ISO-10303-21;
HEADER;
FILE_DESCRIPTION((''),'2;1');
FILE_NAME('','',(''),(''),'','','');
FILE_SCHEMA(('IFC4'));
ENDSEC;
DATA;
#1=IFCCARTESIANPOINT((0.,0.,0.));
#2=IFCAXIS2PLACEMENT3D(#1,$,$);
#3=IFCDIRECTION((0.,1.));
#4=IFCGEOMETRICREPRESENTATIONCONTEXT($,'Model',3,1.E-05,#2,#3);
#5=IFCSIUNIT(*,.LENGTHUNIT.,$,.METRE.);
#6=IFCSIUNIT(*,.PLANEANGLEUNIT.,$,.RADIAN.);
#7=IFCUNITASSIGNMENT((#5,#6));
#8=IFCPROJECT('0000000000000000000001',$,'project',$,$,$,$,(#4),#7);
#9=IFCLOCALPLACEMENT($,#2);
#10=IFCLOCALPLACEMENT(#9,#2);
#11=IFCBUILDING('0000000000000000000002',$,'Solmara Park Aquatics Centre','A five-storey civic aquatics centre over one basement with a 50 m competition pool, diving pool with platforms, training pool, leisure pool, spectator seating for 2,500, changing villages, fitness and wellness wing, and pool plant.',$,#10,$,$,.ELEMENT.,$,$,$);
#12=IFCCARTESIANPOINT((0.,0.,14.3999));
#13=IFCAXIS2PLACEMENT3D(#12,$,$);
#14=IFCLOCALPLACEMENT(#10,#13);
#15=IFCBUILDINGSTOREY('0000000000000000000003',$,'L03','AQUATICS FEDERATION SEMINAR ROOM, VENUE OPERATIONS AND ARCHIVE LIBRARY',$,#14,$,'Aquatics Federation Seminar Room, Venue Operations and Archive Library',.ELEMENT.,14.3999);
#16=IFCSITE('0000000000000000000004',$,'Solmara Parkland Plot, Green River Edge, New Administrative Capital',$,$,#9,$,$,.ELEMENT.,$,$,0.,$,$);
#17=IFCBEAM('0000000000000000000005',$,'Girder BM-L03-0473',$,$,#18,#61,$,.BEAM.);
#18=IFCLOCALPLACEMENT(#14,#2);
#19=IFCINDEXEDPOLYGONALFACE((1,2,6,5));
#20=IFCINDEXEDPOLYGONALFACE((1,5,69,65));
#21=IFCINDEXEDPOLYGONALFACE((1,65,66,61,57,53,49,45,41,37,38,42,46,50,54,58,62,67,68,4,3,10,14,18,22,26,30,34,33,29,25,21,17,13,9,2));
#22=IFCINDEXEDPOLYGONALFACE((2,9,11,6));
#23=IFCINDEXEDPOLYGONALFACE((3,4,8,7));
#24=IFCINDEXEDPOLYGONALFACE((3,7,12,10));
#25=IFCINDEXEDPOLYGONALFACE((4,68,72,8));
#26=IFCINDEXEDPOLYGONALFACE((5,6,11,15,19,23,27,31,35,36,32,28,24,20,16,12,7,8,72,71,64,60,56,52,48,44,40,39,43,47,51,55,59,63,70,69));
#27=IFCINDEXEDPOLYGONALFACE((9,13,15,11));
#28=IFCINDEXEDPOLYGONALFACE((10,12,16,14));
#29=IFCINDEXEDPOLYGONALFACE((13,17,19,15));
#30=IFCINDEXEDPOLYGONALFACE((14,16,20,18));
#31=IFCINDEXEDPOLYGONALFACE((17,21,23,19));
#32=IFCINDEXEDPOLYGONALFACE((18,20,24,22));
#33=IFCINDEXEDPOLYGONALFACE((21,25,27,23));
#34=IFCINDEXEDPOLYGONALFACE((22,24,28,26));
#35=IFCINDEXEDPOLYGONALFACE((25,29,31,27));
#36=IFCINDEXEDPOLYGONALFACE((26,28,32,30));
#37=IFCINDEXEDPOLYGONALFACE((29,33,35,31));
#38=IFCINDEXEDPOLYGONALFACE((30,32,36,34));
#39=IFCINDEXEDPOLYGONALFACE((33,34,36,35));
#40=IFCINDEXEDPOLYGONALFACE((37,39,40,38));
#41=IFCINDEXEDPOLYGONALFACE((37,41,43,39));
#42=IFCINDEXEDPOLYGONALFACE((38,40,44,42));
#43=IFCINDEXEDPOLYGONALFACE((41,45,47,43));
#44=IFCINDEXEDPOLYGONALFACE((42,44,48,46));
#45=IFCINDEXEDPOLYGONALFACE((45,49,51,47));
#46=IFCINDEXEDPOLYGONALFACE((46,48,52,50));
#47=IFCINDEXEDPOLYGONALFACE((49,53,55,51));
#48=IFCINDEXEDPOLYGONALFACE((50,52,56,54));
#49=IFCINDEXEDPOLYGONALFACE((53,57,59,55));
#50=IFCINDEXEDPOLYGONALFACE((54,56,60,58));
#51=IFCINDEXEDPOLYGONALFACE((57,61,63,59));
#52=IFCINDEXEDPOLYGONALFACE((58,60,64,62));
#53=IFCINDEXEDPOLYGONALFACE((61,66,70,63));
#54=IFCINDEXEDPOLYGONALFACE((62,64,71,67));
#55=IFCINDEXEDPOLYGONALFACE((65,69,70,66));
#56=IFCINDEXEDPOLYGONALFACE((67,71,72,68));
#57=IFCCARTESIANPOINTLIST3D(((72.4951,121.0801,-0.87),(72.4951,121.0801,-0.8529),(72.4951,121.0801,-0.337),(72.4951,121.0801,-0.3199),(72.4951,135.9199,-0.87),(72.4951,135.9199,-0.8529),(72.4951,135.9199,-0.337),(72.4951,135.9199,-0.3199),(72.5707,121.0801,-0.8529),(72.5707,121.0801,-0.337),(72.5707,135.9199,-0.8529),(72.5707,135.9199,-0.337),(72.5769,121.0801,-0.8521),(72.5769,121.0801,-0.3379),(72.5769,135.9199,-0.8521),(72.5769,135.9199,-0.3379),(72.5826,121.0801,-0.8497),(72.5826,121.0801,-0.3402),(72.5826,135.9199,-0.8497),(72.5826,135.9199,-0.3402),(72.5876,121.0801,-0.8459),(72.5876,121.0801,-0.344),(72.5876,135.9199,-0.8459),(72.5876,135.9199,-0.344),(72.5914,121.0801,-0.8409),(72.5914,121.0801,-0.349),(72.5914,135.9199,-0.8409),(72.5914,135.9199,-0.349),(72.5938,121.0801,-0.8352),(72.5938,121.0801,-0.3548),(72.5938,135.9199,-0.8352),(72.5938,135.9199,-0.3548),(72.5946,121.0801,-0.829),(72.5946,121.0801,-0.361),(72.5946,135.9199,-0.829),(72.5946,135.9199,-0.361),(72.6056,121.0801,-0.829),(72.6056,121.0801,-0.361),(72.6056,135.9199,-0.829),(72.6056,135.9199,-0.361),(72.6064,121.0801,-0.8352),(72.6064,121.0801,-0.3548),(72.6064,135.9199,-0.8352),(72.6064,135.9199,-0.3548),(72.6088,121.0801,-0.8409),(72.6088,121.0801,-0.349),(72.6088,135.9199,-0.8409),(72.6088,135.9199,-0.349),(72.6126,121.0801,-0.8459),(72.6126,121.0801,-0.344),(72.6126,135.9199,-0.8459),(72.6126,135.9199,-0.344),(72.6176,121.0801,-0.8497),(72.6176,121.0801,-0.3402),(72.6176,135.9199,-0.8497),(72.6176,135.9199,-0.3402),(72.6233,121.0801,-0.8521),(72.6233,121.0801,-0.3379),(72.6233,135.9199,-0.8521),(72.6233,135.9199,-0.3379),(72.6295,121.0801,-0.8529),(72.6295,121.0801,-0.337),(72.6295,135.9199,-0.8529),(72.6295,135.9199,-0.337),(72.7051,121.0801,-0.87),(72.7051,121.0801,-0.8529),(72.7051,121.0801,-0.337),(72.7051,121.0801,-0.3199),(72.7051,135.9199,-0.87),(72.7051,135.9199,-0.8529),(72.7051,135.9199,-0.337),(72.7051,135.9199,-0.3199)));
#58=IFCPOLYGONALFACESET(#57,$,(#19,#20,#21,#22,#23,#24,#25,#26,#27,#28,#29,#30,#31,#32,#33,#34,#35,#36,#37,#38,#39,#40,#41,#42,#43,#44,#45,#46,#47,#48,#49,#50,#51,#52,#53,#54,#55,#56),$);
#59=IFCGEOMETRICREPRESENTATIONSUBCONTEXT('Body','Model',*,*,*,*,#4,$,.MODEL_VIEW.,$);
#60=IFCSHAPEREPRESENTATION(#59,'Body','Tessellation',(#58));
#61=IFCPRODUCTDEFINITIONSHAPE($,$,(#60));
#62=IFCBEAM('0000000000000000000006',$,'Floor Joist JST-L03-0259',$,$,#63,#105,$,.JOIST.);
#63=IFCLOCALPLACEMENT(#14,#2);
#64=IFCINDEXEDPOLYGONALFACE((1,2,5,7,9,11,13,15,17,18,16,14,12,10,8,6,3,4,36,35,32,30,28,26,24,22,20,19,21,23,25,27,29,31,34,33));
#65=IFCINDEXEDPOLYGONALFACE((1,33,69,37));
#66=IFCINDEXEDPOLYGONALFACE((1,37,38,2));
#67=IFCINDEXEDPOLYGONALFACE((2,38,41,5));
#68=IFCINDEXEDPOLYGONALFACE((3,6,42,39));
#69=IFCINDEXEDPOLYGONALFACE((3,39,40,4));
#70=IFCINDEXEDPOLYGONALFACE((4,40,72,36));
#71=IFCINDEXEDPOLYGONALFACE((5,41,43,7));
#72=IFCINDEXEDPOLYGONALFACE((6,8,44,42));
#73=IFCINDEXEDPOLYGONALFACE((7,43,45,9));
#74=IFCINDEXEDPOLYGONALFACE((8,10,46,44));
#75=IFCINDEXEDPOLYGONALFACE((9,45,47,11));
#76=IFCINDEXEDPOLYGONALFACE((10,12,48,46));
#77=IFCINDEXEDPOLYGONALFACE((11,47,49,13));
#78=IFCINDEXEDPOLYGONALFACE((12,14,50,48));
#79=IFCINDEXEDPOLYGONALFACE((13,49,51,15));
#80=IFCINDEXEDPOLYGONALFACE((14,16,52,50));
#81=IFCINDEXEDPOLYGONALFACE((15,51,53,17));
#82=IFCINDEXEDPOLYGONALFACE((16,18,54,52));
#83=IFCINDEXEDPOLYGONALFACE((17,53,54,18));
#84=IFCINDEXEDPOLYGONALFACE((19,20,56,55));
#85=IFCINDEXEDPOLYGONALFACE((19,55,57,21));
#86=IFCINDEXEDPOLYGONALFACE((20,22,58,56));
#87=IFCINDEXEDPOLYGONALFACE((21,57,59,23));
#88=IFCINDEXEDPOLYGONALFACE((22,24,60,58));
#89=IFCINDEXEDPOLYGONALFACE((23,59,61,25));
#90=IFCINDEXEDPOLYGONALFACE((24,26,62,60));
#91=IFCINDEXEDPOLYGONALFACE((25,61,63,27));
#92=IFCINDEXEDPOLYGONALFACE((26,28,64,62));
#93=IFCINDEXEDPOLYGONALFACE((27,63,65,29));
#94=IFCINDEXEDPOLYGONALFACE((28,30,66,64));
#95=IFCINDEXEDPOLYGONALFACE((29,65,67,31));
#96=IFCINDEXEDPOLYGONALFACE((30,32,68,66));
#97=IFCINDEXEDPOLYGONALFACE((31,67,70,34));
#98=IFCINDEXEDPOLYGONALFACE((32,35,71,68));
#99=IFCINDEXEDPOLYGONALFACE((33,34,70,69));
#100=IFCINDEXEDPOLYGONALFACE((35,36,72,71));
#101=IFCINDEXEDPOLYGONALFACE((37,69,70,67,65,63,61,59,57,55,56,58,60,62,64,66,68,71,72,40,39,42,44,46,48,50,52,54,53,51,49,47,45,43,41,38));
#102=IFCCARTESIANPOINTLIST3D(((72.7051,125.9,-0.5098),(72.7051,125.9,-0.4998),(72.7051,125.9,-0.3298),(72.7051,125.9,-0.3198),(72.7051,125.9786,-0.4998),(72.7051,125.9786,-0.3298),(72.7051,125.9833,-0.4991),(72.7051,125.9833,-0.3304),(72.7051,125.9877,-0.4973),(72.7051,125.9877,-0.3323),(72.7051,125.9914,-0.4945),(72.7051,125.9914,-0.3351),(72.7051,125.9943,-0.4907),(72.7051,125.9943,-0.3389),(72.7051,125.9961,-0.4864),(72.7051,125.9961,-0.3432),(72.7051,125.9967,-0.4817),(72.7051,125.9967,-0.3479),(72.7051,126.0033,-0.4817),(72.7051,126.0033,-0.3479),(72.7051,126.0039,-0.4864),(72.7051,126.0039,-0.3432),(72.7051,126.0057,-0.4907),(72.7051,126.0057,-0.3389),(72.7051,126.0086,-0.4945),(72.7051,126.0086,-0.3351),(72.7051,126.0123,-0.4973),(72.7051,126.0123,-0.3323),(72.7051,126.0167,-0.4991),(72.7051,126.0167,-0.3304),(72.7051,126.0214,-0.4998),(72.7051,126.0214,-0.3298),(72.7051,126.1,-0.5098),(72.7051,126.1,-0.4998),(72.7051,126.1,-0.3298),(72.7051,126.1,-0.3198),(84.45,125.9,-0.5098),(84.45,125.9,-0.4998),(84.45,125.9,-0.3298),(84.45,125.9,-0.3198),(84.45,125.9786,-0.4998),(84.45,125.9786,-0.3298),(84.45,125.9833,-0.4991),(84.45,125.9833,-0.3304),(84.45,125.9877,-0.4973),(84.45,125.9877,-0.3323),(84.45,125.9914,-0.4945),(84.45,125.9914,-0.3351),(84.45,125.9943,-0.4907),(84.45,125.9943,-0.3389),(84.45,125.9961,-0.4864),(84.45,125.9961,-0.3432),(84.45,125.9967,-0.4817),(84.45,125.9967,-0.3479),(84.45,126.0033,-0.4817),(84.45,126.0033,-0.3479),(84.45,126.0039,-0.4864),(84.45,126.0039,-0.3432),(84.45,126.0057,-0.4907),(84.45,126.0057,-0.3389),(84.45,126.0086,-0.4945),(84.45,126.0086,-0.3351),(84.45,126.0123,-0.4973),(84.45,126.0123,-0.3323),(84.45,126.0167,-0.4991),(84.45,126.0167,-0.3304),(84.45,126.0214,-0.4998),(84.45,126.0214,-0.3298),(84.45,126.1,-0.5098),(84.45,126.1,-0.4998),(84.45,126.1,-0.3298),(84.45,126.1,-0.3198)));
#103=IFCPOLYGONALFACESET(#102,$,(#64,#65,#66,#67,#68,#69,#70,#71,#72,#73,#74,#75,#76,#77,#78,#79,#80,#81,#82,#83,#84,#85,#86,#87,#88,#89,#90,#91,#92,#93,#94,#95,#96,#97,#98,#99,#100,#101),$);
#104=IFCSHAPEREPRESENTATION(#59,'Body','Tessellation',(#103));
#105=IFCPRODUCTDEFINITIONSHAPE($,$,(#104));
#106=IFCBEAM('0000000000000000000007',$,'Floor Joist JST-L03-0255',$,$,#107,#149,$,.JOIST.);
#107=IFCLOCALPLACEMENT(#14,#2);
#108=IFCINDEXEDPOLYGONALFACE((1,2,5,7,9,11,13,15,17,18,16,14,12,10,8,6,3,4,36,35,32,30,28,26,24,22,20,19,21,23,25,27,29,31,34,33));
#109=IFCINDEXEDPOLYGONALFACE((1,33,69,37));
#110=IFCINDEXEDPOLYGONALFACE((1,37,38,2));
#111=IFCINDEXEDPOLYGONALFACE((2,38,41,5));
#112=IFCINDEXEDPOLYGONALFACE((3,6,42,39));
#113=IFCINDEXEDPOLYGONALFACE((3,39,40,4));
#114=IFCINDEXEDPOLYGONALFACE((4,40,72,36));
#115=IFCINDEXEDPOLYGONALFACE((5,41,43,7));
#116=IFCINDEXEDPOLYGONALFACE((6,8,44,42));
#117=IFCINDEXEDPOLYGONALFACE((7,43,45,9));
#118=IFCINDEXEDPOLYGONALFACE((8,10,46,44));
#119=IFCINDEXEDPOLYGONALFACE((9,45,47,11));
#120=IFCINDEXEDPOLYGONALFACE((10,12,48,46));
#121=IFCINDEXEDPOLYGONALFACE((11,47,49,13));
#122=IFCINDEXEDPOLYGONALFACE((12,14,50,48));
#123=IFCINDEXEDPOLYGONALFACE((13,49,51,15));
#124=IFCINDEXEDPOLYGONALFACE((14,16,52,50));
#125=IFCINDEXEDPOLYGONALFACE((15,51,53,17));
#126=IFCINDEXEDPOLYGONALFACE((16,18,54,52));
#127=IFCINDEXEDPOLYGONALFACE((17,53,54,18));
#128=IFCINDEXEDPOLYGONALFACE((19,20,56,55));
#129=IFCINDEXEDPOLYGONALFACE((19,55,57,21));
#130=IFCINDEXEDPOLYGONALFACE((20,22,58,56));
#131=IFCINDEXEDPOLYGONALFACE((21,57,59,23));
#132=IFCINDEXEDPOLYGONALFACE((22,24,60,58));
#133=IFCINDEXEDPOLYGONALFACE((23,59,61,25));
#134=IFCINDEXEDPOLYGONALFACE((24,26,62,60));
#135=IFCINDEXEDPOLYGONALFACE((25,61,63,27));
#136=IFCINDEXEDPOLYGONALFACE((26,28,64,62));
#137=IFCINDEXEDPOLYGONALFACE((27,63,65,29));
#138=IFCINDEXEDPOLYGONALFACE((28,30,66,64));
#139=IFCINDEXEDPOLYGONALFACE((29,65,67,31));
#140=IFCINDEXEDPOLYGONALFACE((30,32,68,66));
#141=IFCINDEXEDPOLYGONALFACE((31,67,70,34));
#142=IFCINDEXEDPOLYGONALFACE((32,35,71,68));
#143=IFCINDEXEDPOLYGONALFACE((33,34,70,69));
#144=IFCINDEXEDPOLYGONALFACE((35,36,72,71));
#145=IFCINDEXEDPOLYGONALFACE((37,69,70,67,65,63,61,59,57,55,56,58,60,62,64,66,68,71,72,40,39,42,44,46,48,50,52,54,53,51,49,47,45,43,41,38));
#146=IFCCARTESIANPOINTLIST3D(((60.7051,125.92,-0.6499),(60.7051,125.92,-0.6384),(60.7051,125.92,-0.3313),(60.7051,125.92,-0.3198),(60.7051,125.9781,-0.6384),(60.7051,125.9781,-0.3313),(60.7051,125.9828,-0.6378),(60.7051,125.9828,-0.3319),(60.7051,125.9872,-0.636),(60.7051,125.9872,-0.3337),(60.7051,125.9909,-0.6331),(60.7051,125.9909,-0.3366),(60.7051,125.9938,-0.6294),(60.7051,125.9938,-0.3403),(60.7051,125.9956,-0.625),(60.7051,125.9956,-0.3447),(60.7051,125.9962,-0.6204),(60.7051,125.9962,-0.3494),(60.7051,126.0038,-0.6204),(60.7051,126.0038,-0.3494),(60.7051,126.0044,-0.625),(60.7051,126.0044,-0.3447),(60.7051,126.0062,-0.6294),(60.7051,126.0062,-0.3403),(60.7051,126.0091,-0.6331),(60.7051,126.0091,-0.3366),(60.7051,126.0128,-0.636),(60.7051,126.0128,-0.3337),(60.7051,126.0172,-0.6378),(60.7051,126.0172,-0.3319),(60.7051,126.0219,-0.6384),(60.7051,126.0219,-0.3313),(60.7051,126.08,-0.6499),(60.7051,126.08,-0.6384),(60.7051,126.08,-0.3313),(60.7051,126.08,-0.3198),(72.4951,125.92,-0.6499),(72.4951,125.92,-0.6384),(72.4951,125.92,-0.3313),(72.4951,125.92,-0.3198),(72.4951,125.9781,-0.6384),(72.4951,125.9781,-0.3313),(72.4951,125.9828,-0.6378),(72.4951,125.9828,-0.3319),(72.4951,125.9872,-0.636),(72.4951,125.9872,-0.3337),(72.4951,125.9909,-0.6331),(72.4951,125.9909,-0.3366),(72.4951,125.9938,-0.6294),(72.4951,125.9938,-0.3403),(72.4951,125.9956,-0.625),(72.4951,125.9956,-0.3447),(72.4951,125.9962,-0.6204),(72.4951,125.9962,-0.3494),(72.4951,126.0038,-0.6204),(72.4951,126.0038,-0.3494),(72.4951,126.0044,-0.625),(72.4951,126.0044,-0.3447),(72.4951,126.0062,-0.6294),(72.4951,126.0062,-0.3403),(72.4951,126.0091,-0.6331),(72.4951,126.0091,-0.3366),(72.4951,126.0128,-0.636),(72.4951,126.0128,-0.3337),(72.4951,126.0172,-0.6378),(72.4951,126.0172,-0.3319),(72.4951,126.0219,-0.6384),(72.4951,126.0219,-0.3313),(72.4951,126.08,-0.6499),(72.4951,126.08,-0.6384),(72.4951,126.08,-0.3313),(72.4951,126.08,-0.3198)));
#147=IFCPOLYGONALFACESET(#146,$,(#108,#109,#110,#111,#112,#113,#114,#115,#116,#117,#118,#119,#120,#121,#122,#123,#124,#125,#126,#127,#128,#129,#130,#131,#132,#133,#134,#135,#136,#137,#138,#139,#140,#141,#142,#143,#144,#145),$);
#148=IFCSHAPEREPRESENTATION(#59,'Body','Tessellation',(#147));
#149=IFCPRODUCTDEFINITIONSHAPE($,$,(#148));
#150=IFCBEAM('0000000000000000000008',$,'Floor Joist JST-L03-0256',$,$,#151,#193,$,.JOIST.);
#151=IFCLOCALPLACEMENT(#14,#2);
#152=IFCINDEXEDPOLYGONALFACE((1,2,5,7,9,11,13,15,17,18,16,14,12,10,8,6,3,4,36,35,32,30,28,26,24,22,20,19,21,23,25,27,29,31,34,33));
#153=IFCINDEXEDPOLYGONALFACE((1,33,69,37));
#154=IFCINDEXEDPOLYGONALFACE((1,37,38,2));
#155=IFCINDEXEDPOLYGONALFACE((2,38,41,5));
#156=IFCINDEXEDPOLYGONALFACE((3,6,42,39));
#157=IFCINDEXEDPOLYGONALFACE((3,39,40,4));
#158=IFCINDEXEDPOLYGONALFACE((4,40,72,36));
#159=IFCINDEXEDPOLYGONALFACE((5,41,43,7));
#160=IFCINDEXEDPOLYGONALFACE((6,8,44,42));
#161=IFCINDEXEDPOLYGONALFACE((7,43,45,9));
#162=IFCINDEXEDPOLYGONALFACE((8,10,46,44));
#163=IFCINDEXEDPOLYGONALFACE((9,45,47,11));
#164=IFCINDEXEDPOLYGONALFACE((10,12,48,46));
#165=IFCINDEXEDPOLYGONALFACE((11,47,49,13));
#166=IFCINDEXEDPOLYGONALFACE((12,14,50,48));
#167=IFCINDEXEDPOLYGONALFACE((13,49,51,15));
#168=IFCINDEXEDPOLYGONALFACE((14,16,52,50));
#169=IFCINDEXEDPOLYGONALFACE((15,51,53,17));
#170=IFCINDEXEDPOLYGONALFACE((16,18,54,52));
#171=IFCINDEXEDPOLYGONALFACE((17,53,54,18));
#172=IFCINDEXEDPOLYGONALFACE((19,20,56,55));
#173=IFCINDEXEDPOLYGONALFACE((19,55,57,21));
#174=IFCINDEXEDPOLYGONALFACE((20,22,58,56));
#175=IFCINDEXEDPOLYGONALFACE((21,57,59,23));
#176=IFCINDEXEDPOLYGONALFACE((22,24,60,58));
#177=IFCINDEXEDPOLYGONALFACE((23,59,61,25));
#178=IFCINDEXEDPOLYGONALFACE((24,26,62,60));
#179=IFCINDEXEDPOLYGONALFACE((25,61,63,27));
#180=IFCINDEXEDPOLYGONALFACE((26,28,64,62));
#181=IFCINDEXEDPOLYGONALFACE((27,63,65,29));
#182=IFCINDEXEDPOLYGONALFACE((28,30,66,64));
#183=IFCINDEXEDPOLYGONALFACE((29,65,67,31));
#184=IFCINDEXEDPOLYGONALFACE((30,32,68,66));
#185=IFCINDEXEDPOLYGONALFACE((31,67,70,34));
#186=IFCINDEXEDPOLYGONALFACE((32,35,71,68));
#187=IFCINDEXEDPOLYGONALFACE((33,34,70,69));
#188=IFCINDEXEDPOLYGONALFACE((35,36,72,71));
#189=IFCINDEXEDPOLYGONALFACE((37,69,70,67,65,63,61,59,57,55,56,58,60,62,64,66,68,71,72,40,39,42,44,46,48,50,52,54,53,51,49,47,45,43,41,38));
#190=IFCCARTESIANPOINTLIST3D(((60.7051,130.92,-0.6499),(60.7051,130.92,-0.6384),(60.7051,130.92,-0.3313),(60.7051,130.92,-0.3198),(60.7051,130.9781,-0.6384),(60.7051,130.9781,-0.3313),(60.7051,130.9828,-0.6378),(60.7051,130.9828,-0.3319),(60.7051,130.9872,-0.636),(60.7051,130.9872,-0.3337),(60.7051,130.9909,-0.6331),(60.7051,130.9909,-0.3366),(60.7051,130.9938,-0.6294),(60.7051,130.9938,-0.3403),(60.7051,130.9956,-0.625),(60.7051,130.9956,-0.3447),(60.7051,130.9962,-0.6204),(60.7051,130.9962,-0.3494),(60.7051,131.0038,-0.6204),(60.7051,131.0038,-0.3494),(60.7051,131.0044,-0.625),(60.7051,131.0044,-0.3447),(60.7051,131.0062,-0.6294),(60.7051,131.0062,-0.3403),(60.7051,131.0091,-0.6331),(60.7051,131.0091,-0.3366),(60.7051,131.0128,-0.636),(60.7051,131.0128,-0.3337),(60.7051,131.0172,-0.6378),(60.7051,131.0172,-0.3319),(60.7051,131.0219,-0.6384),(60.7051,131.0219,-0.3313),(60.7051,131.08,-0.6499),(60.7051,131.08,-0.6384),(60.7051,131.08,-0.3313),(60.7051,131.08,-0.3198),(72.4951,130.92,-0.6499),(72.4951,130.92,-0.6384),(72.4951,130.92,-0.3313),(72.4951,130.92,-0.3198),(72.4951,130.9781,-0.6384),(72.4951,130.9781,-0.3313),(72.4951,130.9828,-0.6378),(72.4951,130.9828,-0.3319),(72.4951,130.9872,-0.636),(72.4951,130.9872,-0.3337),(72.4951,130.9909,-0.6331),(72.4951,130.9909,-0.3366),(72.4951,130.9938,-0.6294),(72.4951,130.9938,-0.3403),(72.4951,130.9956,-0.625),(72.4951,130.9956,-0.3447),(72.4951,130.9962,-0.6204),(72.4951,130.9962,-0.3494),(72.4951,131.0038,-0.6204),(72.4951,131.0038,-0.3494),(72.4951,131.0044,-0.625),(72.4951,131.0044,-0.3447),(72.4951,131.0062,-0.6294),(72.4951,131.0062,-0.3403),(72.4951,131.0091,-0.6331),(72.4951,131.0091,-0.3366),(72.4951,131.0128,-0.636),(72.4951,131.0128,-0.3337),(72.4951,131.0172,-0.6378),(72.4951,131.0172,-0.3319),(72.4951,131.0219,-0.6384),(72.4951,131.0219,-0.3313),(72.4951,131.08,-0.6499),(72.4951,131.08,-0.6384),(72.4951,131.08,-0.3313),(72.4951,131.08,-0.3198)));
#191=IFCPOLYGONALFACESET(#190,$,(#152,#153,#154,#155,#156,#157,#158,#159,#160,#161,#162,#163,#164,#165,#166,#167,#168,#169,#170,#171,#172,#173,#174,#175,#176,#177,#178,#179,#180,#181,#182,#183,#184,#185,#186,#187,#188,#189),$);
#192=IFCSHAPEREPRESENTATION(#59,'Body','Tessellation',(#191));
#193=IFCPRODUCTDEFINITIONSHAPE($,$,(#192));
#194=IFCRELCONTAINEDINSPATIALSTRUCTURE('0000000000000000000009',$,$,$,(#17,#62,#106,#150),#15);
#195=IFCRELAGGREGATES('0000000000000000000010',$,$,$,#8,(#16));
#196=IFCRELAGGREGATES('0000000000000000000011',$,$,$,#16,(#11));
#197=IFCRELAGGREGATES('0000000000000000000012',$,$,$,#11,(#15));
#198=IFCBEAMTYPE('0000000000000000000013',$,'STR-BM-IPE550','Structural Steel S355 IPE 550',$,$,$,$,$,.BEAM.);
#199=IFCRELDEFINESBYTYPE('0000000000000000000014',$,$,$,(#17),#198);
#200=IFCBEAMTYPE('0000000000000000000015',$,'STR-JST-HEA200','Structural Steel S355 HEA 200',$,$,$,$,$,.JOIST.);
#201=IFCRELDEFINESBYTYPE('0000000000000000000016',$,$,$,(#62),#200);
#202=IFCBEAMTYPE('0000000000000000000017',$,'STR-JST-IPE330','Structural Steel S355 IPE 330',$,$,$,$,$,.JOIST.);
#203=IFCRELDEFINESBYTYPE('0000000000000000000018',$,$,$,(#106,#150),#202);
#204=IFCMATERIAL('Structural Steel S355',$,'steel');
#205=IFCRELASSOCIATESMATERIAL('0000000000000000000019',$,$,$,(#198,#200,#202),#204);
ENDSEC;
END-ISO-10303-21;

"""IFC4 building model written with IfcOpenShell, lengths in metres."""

from ifc_helpers import new_model, si_unit, direction, frame, origin, origin_2d, place, context, subcontext, project, spatial, i_section, extrude, material, material_profile, profile_set, type_object, element, save


model = new_model("IFC4")

# Units and contexts
model_context = context("Model", 3, precision=1e-05, world=origin(), true_north=direction((0.0, 1.0)))
body_context = subcontext(model_context, "Body", "Model", "MODEL_VIEW")
ifc_project = project(units=[si_unit("LENGTHUNIT", "METRE"), si_unit("PLANEANGLEUNIT", "RADIAN")], contexts=[model_context])

# Site, building, storey
site_placement = place(None, origin())
site = spatial("IfcSite", under=ifc_project, at=site_placement, Name="Solmara Parkland Plot, Green River Edge, New Administrative Capital", CompositionType="ELEMENT", RefElevation=0.0)
building_placement = place(site_placement, origin())
building = spatial("IfcBuilding", under=site, at=building_placement, Name="Solmara Park Aquatics Centre", Description="A five-storey civic aquatics centre over one basement with a 50 m competition pool, diving pool with platforms, training pool, leisure pool, spectator seating for 2,500, changing villages, fitness and wellness wing, and pool plant.", CompositionType="ELEMENT")
storey_placement = place(building_placement, frame((0.0, 0.0, 14.3999)))
storey = spatial("IfcBuildingStorey", under=building, at=storey_placement, Name="L03", Description="AQUATICS FEDERATION SEMINAR ROOM, VENUE OPERATIONS AND ARCHIVE LIBRARY", LongName="Aquatics Federation Seminar Room, Venue Operations and Archive Library", CompositionType="ELEMENT", Elevation=14.3999)

# Beams
ifc_material_1 = material(Name="Structural Steel S355", Category="steel")
ifc_material_profile_1 = material_profile(ifc_material_1, i_section(OverallWidth=0.21, OverallDepth=0.55, WebThickness=0.011, FlangeThickness=0.0171, FilletRadius=0.0239, at=origin_2d()), Name="IPE 550")
ifc_profile_set_1 = profile_set([ifc_material_profile_1], Name="Structural Steel S355")
beam_type_1 = type_object("IfcBeamType", Name="STR-BM-IPE550", Description="Structural Steel S355 IPE 550", PredefinedType="BEAM", material=ifc_profile_set_1)
for number, where, z_axis, x_axis, name in (
    (1, (72.6001, 121.0801, -0.595), (0.0, 1.0, 0.0), (-1.0, 0.0, 0.0), "Girder BM-L03-0473"),
):
    element("IfcBeam", number, at=place(storey_placement, frame(where, z_axis=z_axis, x_axis=x_axis)), inside=storey, type_object=beam_type_1, Name=name, PredefinedType="BEAM", context=body_context, shape_type="SweptSolid", body=[
        extrude(i_section(OverallWidth=0.21, OverallDepth=0.55, WebThickness=0.011, FlangeThickness=0.0171, FilletRadius=0.0239, at=origin_2d()), origin(), (0.0, 0.0, 1.0), 14.8398),
    ])
ifc_material_profile_2 = material_profile(ifc_material_1, i_section(OverallWidth=0.2, OverallDepth=0.1899, WebThickness=0.0066, FlangeThickness=0.01, FilletRadius=0.0181, at=origin_2d()), Name="HEA 200")
ifc_profile_set_2 = profile_set([ifc_material_profile_2], Name="Structural Steel S355")
beam_type_2 = type_object("IfcBeamType", Name="STR-JST-HEA200", Description="Structural Steel S355 HEA 200", PredefinedType="JOIST", material=ifc_profile_set_2)
beam_1_placement = place(storey_placement, frame((72.7051, 126.0, -0.4148), z_axis=(1.0, 0.0, 0.0), x_axis=(0.0, 1.0, 0.0)))
element("IfcBeam", 2, at=beam_1_placement, inside=storey, type_object=beam_type_2, Name="Floor Joist JST-L03-0259", PredefinedType="JOIST", context=body_context, shape_type="SweptSolid", body=[
    extrude(i_section(OverallWidth=0.2, OverallDepth=0.1899, WebThickness=0.0066, FlangeThickness=0.01, FilletRadius=0.0181, at=origin_2d()), origin(), (0.0, 0.0, 1.0), 11.7449),
])
ifc_material_profile_3 = material_profile(ifc_material_1, i_section(OverallWidth=0.1599, OverallDepth=0.3301, WebThickness=0.0076, FlangeThickness=0.0115, FilletRadius=0.0181, at=origin_2d()), Name="IPE 330")
ifc_profile_set_3 = profile_set([ifc_material_profile_3], Name="Structural Steel S355")
beam_type_3 = type_object("IfcBeamType", Name="STR-JST-IPE330", Description="Structural Steel S355 IPE 330", PredefinedType="JOIST", material=ifc_profile_set_3)
for number, where, z_axis, x_axis, name in (
    (3, (60.7051, 126.0, -0.4849), (1.0, 0.0, 0.0), (0.0, 1.0, 0.0), "Floor Joist JST-L03-0255"),
    (4, (60.7051, 131.0, -0.4849), (1.0, 0.0, 0.0), (0.0, 1.0, 0.0), "Floor Joist JST-L03-0256"),
):
    element("IfcBeam", number, at=place(storey_placement, frame(where, z_axis=z_axis, x_axis=x_axis)), inside=storey, type_object=beam_type_3, Name=name, PredefinedType="JOIST", context=body_context, shape_type="SweptSolid", body=[
        extrude(i_section(OverallWidth=0.1599, OverallDepth=0.3301, WebThickness=0.0076, FlangeThickness=0.0115, FilletRadius=0.0181, at=origin_2d()), origin(), (0.0, 0.0, 1.0), 11.79),
    ])

save(model, "model.ifc")
